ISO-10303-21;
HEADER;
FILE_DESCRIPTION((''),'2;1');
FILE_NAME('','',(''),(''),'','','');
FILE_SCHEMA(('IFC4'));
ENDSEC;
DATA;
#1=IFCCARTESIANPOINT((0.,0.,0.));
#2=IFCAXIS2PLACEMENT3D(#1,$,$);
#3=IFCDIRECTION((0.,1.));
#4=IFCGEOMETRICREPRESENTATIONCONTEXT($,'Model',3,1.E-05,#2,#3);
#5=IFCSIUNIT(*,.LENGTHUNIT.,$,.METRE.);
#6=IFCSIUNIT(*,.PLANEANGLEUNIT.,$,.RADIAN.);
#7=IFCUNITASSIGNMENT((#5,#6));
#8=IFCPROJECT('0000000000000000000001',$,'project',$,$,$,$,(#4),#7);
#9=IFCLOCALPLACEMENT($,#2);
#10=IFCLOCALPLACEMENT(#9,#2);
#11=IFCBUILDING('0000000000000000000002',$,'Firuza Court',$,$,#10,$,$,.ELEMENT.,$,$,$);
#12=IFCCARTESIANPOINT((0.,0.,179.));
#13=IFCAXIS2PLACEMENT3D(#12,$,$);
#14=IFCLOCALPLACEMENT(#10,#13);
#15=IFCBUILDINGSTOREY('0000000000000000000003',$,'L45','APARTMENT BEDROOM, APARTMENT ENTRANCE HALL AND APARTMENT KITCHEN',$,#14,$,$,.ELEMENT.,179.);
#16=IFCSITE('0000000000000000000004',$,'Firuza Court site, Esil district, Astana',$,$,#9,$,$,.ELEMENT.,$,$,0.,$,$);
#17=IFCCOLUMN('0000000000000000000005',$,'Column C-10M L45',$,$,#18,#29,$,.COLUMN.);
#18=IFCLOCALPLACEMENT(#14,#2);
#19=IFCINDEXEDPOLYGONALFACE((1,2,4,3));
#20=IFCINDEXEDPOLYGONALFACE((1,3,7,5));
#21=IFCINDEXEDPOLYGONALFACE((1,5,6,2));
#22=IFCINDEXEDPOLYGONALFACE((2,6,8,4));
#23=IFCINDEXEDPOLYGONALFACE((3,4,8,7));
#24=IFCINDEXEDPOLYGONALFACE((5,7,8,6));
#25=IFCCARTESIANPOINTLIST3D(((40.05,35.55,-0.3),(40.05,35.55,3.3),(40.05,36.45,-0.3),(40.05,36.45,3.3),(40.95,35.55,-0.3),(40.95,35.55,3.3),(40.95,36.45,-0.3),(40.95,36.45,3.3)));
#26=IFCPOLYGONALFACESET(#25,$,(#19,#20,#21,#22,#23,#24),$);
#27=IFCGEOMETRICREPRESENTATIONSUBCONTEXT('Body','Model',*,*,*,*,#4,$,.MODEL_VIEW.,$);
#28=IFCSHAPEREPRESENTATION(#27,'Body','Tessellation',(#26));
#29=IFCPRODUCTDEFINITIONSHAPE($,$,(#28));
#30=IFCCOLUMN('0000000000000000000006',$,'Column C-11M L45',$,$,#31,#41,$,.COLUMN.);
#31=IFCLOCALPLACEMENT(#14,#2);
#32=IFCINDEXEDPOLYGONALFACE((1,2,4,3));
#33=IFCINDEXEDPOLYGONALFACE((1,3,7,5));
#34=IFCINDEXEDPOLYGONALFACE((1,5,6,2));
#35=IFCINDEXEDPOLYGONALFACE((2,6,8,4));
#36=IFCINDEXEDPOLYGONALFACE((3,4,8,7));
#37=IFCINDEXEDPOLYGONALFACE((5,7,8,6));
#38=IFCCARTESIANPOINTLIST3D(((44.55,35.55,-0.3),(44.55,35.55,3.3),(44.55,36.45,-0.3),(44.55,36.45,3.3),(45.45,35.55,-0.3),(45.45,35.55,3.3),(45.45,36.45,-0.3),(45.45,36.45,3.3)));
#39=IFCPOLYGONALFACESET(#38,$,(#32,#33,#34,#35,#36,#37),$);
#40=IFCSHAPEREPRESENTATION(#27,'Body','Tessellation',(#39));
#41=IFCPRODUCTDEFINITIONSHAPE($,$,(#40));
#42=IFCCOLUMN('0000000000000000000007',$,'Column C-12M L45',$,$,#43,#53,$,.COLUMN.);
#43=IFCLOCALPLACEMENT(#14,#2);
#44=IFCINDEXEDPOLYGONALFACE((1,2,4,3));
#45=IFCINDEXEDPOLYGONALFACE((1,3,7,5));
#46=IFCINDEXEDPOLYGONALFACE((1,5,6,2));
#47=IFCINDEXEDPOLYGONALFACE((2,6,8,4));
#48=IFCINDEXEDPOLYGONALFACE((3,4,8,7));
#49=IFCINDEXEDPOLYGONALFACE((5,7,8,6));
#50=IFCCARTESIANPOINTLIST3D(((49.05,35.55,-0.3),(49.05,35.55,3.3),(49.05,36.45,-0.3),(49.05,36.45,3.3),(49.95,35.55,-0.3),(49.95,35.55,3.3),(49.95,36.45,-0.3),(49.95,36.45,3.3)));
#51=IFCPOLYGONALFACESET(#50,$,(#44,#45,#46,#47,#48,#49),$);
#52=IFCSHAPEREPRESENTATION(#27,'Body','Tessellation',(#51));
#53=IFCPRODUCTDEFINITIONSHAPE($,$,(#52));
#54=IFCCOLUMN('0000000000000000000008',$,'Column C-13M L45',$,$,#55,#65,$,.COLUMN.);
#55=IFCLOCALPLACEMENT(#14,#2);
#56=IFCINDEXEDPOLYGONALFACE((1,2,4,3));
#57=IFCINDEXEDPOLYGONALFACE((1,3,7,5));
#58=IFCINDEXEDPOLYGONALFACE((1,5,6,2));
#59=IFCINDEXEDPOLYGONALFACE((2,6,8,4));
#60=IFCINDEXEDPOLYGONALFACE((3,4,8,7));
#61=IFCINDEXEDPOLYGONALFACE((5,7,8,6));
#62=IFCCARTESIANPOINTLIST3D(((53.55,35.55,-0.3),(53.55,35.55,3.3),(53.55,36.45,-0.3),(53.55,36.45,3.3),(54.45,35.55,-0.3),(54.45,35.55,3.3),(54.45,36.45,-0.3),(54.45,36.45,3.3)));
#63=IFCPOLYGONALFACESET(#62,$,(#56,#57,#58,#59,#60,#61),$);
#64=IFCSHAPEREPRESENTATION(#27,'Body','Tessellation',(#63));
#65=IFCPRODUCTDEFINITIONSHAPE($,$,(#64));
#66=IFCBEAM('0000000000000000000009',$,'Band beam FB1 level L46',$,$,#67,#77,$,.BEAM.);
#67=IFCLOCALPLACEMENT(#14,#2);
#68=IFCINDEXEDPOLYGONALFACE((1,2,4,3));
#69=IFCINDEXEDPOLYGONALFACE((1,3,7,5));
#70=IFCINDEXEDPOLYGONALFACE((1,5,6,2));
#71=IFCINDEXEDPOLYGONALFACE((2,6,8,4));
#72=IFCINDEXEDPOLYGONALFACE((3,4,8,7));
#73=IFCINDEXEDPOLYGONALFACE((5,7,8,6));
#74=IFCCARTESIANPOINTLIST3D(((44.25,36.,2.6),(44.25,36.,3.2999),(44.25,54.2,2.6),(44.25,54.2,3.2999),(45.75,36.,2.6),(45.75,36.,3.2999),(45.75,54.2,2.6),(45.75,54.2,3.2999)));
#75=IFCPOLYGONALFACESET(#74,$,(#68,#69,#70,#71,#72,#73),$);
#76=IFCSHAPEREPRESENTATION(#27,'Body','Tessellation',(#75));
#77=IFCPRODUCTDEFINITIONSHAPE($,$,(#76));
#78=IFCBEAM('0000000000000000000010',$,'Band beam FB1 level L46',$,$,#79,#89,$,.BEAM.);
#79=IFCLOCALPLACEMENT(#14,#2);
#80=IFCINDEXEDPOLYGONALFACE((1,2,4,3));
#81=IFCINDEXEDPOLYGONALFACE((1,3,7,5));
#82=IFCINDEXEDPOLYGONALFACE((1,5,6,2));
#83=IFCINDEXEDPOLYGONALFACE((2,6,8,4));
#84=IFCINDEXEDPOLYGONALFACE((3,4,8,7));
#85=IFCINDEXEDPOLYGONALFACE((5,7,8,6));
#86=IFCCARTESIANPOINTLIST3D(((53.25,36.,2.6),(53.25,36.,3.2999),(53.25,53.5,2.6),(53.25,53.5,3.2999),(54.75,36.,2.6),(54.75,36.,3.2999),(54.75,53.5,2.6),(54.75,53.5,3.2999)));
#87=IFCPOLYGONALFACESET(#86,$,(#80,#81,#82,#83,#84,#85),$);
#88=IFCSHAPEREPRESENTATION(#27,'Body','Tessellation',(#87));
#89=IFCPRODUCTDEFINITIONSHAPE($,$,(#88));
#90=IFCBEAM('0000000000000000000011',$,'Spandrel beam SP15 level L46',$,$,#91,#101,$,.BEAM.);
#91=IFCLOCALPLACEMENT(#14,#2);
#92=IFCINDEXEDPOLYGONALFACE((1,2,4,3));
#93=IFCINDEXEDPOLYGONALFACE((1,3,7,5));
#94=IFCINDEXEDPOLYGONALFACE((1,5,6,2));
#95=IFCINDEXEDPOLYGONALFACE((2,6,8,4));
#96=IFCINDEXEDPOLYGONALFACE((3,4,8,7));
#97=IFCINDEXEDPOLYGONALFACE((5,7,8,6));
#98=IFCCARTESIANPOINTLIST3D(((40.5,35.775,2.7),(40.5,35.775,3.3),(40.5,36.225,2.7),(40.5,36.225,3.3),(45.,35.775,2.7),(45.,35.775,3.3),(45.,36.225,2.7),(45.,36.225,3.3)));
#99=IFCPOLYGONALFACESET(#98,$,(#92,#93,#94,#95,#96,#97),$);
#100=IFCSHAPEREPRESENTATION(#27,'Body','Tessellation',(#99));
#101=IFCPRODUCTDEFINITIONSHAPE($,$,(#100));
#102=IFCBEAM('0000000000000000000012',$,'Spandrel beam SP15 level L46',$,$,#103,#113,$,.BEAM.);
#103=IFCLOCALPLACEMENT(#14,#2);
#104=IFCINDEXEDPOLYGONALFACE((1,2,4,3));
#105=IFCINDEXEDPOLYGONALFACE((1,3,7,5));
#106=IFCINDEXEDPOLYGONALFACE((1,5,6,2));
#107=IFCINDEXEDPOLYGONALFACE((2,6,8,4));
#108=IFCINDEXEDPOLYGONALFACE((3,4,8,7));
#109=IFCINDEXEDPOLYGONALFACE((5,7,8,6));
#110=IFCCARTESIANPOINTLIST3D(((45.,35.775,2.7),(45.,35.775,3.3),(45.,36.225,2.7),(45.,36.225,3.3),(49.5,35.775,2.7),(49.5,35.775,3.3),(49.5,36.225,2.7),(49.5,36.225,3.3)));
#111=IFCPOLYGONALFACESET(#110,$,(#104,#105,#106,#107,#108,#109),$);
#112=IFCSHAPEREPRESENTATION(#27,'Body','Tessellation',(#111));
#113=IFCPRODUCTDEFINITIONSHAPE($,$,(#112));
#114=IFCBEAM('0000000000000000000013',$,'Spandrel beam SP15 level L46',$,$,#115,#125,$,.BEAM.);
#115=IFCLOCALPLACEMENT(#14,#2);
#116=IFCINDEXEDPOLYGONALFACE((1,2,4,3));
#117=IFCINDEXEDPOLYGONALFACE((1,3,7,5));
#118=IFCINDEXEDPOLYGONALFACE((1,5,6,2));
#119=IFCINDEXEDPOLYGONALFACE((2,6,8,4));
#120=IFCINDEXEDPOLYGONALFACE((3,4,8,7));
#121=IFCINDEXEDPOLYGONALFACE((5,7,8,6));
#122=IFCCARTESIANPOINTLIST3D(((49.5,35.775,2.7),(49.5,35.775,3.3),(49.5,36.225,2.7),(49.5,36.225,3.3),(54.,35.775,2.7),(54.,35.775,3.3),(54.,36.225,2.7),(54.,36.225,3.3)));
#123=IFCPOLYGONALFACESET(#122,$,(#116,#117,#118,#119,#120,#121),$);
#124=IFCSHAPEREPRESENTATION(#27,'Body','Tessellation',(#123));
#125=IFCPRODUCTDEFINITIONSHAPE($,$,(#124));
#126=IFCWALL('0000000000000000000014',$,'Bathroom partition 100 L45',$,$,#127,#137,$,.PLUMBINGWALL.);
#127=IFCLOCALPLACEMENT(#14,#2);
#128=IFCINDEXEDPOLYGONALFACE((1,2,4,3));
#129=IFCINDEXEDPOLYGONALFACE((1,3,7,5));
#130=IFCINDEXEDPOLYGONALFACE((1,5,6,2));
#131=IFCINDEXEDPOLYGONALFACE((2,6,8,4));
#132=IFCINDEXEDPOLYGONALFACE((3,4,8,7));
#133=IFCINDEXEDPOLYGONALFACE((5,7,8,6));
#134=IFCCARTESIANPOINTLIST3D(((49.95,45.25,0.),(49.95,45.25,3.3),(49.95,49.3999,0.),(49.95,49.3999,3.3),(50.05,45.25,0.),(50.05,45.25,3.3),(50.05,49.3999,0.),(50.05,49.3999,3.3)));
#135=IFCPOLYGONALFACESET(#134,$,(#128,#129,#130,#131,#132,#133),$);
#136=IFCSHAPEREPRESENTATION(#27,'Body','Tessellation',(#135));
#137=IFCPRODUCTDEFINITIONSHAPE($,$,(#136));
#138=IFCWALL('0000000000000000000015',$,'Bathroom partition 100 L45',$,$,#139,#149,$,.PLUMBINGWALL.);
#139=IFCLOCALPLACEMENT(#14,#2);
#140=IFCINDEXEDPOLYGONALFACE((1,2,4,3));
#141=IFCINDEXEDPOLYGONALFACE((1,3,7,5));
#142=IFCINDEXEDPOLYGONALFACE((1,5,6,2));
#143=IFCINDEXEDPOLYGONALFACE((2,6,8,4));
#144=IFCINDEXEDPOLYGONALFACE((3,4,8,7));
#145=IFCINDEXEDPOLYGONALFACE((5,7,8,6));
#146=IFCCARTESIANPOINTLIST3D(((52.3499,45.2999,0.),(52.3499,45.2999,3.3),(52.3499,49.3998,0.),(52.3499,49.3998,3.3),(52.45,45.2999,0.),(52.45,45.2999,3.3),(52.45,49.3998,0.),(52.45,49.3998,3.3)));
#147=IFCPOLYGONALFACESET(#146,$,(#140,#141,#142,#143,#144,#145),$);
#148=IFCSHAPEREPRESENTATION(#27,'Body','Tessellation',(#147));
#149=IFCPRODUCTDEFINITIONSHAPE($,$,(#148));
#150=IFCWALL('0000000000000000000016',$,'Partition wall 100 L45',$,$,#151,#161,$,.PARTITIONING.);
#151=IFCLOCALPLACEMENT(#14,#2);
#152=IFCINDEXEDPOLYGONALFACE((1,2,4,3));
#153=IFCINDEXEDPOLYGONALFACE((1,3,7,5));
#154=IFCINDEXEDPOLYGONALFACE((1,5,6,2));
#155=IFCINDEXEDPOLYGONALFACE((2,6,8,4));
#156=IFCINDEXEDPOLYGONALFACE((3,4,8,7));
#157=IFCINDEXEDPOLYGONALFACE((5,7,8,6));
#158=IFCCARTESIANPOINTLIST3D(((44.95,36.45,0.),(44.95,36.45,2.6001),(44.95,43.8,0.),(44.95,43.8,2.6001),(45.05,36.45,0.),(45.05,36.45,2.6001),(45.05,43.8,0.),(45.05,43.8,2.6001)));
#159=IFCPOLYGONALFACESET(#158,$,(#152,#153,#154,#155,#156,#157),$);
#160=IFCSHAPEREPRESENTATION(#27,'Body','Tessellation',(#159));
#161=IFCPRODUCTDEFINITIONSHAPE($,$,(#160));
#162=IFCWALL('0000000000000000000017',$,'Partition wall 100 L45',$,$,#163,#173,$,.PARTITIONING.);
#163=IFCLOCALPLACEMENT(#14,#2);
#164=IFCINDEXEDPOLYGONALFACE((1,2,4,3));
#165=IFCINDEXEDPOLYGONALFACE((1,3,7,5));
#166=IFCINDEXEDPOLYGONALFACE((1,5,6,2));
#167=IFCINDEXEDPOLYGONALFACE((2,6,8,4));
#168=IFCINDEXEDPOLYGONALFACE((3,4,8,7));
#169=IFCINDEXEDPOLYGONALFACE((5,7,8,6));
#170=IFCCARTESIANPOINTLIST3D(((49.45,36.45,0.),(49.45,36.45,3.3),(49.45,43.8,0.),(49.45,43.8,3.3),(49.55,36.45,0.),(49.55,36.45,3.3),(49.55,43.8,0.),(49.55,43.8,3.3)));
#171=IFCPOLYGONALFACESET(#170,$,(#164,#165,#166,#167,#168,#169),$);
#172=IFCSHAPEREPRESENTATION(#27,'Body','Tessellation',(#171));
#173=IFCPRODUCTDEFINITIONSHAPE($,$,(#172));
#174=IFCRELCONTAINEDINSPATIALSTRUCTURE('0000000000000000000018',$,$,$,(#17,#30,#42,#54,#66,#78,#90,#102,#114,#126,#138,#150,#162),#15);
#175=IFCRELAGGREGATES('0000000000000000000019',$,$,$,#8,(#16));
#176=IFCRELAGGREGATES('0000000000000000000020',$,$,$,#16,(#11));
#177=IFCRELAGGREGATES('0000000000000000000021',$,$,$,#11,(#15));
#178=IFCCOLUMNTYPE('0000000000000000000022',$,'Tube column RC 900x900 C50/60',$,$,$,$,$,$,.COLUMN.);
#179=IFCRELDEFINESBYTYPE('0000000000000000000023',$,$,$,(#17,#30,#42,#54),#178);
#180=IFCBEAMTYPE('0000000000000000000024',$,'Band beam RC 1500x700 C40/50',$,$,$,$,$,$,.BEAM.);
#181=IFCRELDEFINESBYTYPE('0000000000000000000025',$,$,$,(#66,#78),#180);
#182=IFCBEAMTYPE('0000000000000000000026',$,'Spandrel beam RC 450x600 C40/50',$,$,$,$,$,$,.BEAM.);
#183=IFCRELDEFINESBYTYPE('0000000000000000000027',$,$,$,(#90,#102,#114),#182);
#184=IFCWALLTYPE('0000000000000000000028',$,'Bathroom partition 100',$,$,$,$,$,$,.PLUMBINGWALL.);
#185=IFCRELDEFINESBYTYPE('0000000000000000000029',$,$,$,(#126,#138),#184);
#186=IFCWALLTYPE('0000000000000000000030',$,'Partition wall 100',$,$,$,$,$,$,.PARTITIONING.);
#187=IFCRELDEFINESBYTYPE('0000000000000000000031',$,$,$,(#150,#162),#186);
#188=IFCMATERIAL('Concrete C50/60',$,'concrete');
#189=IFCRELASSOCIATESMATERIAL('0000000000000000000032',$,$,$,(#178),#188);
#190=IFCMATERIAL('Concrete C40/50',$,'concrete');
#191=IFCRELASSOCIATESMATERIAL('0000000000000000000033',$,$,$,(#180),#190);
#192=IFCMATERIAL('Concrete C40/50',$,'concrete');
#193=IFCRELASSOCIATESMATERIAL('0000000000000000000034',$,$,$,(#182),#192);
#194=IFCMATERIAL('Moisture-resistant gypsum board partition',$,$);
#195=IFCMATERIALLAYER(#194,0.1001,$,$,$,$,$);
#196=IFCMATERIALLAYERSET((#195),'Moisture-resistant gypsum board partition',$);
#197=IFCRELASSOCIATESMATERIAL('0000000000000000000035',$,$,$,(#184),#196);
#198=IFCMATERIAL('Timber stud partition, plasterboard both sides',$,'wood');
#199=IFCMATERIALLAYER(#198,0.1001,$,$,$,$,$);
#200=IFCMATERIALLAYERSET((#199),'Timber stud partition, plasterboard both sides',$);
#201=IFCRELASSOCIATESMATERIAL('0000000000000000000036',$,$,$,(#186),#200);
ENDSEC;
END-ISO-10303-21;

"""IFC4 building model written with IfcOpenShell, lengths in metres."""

from ifc_helpers import new_model, si_unit, direction, frame, frame_2d, origin, origin_2d, place, context, subcontext, project, spatial, rectangle, extrude, material, layer, layer_set, material_profile, profile_set, type_object, element, save


model = new_model("IFC4")

# Units and contexts
model_context = context("Model", 3, precision=1e-05, world=origin(), true_north=direction((0.0, 1.0)))
body_context = subcontext(model_context, "Body", "Model", "MODEL_VIEW")
ifc_project = project(units=[si_unit("LENGTHUNIT", "METRE"), si_unit("PLANEANGLEUNIT", "RADIAN")], contexts=[model_context])

# Site, building, storey
site_placement = place(None, origin())
site = spatial("IfcSite", under=ifc_project, at=site_placement, Name="Firuza Court site, Esil district, Astana", CompositionType="ELEMENT", RefElevation=0.0)
building_placement = place(site_placement, origin())
building = spatial("IfcBuilding", under=site, at=building_placement, Name="Firuza Court", CompositionType="ELEMENT")
storey_placement = place(building_placement, frame((0.0, 0.0, 179.0)))
storey = spatial("IfcBuildingStorey", under=building, at=storey_placement, Name="L45", Description="APARTMENT BEDROOM, APARTMENT ENTRANCE HALL AND APARTMENT KITCHEN", CompositionType="ELEMENT", Elevation=179.0)

# Columns
ifc_material_1 = material(Name="Concrete C50/60", Category="concrete")
ifc_material_profile_1 = material_profile(ifc_material_1, rectangle(XDim=0.8999, YDim=0.8999, at=origin_2d()), Name="RC 900x900")
ifc_profile_set_1 = profile_set([ifc_material_profile_1], Name="Concrete C50/60")
column_type = type_object("IfcColumnType", Name="Tube column RC 900x900 C50/60", PredefinedType="COLUMN", material=ifc_profile_set_1)
for number, where, z_axis, x_axis, name in (
    (1, (40.5, 36.0, -0.3), (0.0, 0.0, 1.0), (1.0, 0.0, 0.0), "Column C-10M L45"),
    (2, (45.0, 36.0, -0.3), (0.0, 0.0, 1.0), (1.0, 0.0, 0.0), "Column C-11M L45"),
    (3, (49.5, 36.0, -0.3), (0.0, 0.0, 1.0), (1.0, 0.0, 0.0), "Column C-12M L45"),
    (4, (54.0, 36.0, -0.3), (0.0, 0.0, 1.0), (1.0, 0.0, 0.0), "Column C-13M L45"),
):
    element("IfcColumn", number, at=place(storey_placement, frame(where, z_axis=z_axis, x_axis=x_axis)), inside=storey, type_object=column_type, Name=name, PredefinedType="COLUMN", context=body_context, shape_type="SweptSolid", body=[
        extrude(rectangle(XDim=0.8999, YDim=0.8999, at=origin_2d()), origin(), (0.0, 0.0, 1.0), 3.6001),
    ])

# Beams
ifc_material_2 = material(Name="Concrete C40/50", Category="concrete")
ifc_material_profile_2 = material_profile(ifc_material_2, rectangle(XDim=1.5, YDim=0.7, at=origin_2d()), Name="RC 1500x700")
ifc_profile_set_2 = profile_set([ifc_material_profile_2], Name="Concrete C40/50")
beam_type_1 = type_object("IfcBeamType", Name="Band beam RC 1500x700 C40/50", PredefinedType="BEAM", material=ifc_profile_set_2)
beam_1_placement = place(storey_placement, frame((45.0, 36.0, 2.95), z_axis=(0.0, 1.0, 0.0), x_axis=(-1.0, 0.0, 0.0)))
element("IfcBeam", 5, at=beam_1_placement, inside=storey, type_object=beam_type_1, Name="Band beam FB1 level L46", PredefinedType="BEAM", context=body_context, shape_type="SweptSolid", body=[
    extrude(rectangle(XDim=1.5, YDim=0.7, at=origin_2d()), origin(), (0.0, 0.0, 1.0), 18.2),
])
beam_2_placement = place(storey_placement, frame((54.0, 36.0, 2.95), z_axis=(0.0, 1.0, 0.0), x_axis=(-1.0, 0.0, 0.0)))
element("IfcBeam", 6, at=beam_2_placement, inside=storey, type_object=beam_type_1, Name="Band beam FB1 level L46", PredefinedType="BEAM", context=body_context, shape_type="SweptSolid", body=[
    extrude(rectangle(XDim=1.5, YDim=0.7, at=origin_2d()), origin(), (0.0, 0.0, 1.0), 17.5),
])
ifc_material_3 = material(Name="Concrete C40/50", Category="concrete")
ifc_material_profile_3 = material_profile(ifc_material_3, rectangle(XDim=0.45, YDim=0.6001, at=origin_2d()), Name="RC 450x600")
ifc_profile_set_3 = profile_set([ifc_material_profile_3], Name="Concrete C40/50")
beam_type_2 = type_object("IfcBeamType", Name="Spandrel beam RC 450x600 C40/50", PredefinedType="BEAM", material=ifc_profile_set_3)
for number, where, z_axis, x_axis, name in (
    (7, (40.5, 36.0, 3.0), (1.0, 0.0, 0.0), (0.0, 1.0, 0.0), "Spandrel beam SP15 level L46"),
    (8, (45.0, 36.0, 3.0), (1.0, 0.0, 0.0), (0.0, 1.0, 0.0), "Spandrel beam SP15 level L46"),
    (9, (49.5, 36.0, 3.0), (1.0, 0.0, 0.0), (0.0, 1.0, 0.0), "Spandrel beam SP15 level L46"),
):
    element("IfcBeam", number, at=place(storey_placement, frame(where, z_axis=z_axis, x_axis=x_axis)), inside=storey, type_object=beam_type_2, Name=name, PredefinedType="BEAM", context=body_context, shape_type="SweptSolid", body=[
        extrude(rectangle(XDim=0.45, YDim=0.6001, at=origin_2d()), origin(), (0.0, 0.0, 1.0), 4.5),
    ])

# Walls
ifc_material_4 = material(Name="Moisture-resistant gypsum board partition")
ifc_layer_1 = layer(ifc_material_4, 0.1001)
ifc_layer_set_1 = layer_set([ifc_layer_1], Name="Moisture-resistant gypsum board partition")
wall_type_1 = type_object("IfcWallType", Name="Bathroom partition 100", PredefinedType="PLUMBINGWALL", material=ifc_layer_set_1)
wall_1_placement = place(storey_placement, frame((50.0, 45.25, 0.0), z_axis=(0.0, 0.0, 1.0), x_axis=(0.0, 1.0, 0.0)))
element("IfcWall", 10, at=wall_1_placement, inside=storey, type_object=wall_type_1, Name="Bathroom partition 100 L45", PredefinedType="PLUMBINGWALL", context=body_context, shape_type="SweptSolid", body=[
    extrude(rectangle(XDim=4.1499, YDim=0.1001, at=frame_2d((2.075, 0.0))), origin(), (0.0, 0.0, 1.0), 3.3),
])
wall_2_placement = place(storey_placement, frame((52.3999, 45.3, 0.0), z_axis=(0.0, 0.0, 1.0), x_axis=(0.0, 1.0, 0.0)))
element("IfcWall", 11, at=wall_2_placement, inside=storey, type_object=wall_type_1, Name="Bathroom partition 100 L45", PredefinedType="PLUMBINGWALL", context=body_context, shape_type="SweptSolid", body=[
    extrude(rectangle(XDim=4.0999, YDim=0.1001, at=frame_2d((2.0498, 0.0))), origin(), (0.0, 0.0, 1.0), 3.3),
])
ifc_material_5 = material(Name="Timber stud partition, plasterboard both sides", Category="wood")
ifc_layer_2 = layer(ifc_material_5, 0.1001)
ifc_layer_set_2 = layer_set([ifc_layer_2], Name="Timber stud partition, plasterboard both sides")
wall_type_2 = type_object("IfcWallType", Name="Partition wall 100", PredefinedType="PARTITIONING", material=ifc_layer_set_2)
wall_3_placement = place(storey_placement, frame((45.0, 36.45, 0.0), z_axis=(0.0, 0.0, 1.0), x_axis=(0.0, 1.0, 0.0)))
element("IfcWall", 12, at=wall_3_placement, inside=storey, type_object=wall_type_2, Name="Partition wall 100 L45", PredefinedType="PARTITIONING", context=body_context, shape_type="SweptSolid", body=[
    extrude(rectangle(XDim=7.3501, YDim=0.1001, at=frame_2d((3.675, 0.0))), origin(), (0.0, 0.0, 1.0), 2.6001),
])
wall_4_placement = place(storey_placement, frame((49.5, 36.45, 0.0), z_axis=(0.0, 0.0, 1.0), x_axis=(0.0, 1.0, 0.0)))
element("IfcWall", 13, at=wall_4_placement, inside=storey, type_object=wall_type_2, Name="Partition wall 100 L45", PredefinedType="PARTITIONING", context=body_context, shape_type="SweptSolid", body=[
    extrude(rectangle(XDim=7.3501, YDim=0.1001, at=frame_2d((3.675, 0.0))), origin(), (0.0, 0.0, 1.0), 3.3),
])

save(model, "model.ifc")
